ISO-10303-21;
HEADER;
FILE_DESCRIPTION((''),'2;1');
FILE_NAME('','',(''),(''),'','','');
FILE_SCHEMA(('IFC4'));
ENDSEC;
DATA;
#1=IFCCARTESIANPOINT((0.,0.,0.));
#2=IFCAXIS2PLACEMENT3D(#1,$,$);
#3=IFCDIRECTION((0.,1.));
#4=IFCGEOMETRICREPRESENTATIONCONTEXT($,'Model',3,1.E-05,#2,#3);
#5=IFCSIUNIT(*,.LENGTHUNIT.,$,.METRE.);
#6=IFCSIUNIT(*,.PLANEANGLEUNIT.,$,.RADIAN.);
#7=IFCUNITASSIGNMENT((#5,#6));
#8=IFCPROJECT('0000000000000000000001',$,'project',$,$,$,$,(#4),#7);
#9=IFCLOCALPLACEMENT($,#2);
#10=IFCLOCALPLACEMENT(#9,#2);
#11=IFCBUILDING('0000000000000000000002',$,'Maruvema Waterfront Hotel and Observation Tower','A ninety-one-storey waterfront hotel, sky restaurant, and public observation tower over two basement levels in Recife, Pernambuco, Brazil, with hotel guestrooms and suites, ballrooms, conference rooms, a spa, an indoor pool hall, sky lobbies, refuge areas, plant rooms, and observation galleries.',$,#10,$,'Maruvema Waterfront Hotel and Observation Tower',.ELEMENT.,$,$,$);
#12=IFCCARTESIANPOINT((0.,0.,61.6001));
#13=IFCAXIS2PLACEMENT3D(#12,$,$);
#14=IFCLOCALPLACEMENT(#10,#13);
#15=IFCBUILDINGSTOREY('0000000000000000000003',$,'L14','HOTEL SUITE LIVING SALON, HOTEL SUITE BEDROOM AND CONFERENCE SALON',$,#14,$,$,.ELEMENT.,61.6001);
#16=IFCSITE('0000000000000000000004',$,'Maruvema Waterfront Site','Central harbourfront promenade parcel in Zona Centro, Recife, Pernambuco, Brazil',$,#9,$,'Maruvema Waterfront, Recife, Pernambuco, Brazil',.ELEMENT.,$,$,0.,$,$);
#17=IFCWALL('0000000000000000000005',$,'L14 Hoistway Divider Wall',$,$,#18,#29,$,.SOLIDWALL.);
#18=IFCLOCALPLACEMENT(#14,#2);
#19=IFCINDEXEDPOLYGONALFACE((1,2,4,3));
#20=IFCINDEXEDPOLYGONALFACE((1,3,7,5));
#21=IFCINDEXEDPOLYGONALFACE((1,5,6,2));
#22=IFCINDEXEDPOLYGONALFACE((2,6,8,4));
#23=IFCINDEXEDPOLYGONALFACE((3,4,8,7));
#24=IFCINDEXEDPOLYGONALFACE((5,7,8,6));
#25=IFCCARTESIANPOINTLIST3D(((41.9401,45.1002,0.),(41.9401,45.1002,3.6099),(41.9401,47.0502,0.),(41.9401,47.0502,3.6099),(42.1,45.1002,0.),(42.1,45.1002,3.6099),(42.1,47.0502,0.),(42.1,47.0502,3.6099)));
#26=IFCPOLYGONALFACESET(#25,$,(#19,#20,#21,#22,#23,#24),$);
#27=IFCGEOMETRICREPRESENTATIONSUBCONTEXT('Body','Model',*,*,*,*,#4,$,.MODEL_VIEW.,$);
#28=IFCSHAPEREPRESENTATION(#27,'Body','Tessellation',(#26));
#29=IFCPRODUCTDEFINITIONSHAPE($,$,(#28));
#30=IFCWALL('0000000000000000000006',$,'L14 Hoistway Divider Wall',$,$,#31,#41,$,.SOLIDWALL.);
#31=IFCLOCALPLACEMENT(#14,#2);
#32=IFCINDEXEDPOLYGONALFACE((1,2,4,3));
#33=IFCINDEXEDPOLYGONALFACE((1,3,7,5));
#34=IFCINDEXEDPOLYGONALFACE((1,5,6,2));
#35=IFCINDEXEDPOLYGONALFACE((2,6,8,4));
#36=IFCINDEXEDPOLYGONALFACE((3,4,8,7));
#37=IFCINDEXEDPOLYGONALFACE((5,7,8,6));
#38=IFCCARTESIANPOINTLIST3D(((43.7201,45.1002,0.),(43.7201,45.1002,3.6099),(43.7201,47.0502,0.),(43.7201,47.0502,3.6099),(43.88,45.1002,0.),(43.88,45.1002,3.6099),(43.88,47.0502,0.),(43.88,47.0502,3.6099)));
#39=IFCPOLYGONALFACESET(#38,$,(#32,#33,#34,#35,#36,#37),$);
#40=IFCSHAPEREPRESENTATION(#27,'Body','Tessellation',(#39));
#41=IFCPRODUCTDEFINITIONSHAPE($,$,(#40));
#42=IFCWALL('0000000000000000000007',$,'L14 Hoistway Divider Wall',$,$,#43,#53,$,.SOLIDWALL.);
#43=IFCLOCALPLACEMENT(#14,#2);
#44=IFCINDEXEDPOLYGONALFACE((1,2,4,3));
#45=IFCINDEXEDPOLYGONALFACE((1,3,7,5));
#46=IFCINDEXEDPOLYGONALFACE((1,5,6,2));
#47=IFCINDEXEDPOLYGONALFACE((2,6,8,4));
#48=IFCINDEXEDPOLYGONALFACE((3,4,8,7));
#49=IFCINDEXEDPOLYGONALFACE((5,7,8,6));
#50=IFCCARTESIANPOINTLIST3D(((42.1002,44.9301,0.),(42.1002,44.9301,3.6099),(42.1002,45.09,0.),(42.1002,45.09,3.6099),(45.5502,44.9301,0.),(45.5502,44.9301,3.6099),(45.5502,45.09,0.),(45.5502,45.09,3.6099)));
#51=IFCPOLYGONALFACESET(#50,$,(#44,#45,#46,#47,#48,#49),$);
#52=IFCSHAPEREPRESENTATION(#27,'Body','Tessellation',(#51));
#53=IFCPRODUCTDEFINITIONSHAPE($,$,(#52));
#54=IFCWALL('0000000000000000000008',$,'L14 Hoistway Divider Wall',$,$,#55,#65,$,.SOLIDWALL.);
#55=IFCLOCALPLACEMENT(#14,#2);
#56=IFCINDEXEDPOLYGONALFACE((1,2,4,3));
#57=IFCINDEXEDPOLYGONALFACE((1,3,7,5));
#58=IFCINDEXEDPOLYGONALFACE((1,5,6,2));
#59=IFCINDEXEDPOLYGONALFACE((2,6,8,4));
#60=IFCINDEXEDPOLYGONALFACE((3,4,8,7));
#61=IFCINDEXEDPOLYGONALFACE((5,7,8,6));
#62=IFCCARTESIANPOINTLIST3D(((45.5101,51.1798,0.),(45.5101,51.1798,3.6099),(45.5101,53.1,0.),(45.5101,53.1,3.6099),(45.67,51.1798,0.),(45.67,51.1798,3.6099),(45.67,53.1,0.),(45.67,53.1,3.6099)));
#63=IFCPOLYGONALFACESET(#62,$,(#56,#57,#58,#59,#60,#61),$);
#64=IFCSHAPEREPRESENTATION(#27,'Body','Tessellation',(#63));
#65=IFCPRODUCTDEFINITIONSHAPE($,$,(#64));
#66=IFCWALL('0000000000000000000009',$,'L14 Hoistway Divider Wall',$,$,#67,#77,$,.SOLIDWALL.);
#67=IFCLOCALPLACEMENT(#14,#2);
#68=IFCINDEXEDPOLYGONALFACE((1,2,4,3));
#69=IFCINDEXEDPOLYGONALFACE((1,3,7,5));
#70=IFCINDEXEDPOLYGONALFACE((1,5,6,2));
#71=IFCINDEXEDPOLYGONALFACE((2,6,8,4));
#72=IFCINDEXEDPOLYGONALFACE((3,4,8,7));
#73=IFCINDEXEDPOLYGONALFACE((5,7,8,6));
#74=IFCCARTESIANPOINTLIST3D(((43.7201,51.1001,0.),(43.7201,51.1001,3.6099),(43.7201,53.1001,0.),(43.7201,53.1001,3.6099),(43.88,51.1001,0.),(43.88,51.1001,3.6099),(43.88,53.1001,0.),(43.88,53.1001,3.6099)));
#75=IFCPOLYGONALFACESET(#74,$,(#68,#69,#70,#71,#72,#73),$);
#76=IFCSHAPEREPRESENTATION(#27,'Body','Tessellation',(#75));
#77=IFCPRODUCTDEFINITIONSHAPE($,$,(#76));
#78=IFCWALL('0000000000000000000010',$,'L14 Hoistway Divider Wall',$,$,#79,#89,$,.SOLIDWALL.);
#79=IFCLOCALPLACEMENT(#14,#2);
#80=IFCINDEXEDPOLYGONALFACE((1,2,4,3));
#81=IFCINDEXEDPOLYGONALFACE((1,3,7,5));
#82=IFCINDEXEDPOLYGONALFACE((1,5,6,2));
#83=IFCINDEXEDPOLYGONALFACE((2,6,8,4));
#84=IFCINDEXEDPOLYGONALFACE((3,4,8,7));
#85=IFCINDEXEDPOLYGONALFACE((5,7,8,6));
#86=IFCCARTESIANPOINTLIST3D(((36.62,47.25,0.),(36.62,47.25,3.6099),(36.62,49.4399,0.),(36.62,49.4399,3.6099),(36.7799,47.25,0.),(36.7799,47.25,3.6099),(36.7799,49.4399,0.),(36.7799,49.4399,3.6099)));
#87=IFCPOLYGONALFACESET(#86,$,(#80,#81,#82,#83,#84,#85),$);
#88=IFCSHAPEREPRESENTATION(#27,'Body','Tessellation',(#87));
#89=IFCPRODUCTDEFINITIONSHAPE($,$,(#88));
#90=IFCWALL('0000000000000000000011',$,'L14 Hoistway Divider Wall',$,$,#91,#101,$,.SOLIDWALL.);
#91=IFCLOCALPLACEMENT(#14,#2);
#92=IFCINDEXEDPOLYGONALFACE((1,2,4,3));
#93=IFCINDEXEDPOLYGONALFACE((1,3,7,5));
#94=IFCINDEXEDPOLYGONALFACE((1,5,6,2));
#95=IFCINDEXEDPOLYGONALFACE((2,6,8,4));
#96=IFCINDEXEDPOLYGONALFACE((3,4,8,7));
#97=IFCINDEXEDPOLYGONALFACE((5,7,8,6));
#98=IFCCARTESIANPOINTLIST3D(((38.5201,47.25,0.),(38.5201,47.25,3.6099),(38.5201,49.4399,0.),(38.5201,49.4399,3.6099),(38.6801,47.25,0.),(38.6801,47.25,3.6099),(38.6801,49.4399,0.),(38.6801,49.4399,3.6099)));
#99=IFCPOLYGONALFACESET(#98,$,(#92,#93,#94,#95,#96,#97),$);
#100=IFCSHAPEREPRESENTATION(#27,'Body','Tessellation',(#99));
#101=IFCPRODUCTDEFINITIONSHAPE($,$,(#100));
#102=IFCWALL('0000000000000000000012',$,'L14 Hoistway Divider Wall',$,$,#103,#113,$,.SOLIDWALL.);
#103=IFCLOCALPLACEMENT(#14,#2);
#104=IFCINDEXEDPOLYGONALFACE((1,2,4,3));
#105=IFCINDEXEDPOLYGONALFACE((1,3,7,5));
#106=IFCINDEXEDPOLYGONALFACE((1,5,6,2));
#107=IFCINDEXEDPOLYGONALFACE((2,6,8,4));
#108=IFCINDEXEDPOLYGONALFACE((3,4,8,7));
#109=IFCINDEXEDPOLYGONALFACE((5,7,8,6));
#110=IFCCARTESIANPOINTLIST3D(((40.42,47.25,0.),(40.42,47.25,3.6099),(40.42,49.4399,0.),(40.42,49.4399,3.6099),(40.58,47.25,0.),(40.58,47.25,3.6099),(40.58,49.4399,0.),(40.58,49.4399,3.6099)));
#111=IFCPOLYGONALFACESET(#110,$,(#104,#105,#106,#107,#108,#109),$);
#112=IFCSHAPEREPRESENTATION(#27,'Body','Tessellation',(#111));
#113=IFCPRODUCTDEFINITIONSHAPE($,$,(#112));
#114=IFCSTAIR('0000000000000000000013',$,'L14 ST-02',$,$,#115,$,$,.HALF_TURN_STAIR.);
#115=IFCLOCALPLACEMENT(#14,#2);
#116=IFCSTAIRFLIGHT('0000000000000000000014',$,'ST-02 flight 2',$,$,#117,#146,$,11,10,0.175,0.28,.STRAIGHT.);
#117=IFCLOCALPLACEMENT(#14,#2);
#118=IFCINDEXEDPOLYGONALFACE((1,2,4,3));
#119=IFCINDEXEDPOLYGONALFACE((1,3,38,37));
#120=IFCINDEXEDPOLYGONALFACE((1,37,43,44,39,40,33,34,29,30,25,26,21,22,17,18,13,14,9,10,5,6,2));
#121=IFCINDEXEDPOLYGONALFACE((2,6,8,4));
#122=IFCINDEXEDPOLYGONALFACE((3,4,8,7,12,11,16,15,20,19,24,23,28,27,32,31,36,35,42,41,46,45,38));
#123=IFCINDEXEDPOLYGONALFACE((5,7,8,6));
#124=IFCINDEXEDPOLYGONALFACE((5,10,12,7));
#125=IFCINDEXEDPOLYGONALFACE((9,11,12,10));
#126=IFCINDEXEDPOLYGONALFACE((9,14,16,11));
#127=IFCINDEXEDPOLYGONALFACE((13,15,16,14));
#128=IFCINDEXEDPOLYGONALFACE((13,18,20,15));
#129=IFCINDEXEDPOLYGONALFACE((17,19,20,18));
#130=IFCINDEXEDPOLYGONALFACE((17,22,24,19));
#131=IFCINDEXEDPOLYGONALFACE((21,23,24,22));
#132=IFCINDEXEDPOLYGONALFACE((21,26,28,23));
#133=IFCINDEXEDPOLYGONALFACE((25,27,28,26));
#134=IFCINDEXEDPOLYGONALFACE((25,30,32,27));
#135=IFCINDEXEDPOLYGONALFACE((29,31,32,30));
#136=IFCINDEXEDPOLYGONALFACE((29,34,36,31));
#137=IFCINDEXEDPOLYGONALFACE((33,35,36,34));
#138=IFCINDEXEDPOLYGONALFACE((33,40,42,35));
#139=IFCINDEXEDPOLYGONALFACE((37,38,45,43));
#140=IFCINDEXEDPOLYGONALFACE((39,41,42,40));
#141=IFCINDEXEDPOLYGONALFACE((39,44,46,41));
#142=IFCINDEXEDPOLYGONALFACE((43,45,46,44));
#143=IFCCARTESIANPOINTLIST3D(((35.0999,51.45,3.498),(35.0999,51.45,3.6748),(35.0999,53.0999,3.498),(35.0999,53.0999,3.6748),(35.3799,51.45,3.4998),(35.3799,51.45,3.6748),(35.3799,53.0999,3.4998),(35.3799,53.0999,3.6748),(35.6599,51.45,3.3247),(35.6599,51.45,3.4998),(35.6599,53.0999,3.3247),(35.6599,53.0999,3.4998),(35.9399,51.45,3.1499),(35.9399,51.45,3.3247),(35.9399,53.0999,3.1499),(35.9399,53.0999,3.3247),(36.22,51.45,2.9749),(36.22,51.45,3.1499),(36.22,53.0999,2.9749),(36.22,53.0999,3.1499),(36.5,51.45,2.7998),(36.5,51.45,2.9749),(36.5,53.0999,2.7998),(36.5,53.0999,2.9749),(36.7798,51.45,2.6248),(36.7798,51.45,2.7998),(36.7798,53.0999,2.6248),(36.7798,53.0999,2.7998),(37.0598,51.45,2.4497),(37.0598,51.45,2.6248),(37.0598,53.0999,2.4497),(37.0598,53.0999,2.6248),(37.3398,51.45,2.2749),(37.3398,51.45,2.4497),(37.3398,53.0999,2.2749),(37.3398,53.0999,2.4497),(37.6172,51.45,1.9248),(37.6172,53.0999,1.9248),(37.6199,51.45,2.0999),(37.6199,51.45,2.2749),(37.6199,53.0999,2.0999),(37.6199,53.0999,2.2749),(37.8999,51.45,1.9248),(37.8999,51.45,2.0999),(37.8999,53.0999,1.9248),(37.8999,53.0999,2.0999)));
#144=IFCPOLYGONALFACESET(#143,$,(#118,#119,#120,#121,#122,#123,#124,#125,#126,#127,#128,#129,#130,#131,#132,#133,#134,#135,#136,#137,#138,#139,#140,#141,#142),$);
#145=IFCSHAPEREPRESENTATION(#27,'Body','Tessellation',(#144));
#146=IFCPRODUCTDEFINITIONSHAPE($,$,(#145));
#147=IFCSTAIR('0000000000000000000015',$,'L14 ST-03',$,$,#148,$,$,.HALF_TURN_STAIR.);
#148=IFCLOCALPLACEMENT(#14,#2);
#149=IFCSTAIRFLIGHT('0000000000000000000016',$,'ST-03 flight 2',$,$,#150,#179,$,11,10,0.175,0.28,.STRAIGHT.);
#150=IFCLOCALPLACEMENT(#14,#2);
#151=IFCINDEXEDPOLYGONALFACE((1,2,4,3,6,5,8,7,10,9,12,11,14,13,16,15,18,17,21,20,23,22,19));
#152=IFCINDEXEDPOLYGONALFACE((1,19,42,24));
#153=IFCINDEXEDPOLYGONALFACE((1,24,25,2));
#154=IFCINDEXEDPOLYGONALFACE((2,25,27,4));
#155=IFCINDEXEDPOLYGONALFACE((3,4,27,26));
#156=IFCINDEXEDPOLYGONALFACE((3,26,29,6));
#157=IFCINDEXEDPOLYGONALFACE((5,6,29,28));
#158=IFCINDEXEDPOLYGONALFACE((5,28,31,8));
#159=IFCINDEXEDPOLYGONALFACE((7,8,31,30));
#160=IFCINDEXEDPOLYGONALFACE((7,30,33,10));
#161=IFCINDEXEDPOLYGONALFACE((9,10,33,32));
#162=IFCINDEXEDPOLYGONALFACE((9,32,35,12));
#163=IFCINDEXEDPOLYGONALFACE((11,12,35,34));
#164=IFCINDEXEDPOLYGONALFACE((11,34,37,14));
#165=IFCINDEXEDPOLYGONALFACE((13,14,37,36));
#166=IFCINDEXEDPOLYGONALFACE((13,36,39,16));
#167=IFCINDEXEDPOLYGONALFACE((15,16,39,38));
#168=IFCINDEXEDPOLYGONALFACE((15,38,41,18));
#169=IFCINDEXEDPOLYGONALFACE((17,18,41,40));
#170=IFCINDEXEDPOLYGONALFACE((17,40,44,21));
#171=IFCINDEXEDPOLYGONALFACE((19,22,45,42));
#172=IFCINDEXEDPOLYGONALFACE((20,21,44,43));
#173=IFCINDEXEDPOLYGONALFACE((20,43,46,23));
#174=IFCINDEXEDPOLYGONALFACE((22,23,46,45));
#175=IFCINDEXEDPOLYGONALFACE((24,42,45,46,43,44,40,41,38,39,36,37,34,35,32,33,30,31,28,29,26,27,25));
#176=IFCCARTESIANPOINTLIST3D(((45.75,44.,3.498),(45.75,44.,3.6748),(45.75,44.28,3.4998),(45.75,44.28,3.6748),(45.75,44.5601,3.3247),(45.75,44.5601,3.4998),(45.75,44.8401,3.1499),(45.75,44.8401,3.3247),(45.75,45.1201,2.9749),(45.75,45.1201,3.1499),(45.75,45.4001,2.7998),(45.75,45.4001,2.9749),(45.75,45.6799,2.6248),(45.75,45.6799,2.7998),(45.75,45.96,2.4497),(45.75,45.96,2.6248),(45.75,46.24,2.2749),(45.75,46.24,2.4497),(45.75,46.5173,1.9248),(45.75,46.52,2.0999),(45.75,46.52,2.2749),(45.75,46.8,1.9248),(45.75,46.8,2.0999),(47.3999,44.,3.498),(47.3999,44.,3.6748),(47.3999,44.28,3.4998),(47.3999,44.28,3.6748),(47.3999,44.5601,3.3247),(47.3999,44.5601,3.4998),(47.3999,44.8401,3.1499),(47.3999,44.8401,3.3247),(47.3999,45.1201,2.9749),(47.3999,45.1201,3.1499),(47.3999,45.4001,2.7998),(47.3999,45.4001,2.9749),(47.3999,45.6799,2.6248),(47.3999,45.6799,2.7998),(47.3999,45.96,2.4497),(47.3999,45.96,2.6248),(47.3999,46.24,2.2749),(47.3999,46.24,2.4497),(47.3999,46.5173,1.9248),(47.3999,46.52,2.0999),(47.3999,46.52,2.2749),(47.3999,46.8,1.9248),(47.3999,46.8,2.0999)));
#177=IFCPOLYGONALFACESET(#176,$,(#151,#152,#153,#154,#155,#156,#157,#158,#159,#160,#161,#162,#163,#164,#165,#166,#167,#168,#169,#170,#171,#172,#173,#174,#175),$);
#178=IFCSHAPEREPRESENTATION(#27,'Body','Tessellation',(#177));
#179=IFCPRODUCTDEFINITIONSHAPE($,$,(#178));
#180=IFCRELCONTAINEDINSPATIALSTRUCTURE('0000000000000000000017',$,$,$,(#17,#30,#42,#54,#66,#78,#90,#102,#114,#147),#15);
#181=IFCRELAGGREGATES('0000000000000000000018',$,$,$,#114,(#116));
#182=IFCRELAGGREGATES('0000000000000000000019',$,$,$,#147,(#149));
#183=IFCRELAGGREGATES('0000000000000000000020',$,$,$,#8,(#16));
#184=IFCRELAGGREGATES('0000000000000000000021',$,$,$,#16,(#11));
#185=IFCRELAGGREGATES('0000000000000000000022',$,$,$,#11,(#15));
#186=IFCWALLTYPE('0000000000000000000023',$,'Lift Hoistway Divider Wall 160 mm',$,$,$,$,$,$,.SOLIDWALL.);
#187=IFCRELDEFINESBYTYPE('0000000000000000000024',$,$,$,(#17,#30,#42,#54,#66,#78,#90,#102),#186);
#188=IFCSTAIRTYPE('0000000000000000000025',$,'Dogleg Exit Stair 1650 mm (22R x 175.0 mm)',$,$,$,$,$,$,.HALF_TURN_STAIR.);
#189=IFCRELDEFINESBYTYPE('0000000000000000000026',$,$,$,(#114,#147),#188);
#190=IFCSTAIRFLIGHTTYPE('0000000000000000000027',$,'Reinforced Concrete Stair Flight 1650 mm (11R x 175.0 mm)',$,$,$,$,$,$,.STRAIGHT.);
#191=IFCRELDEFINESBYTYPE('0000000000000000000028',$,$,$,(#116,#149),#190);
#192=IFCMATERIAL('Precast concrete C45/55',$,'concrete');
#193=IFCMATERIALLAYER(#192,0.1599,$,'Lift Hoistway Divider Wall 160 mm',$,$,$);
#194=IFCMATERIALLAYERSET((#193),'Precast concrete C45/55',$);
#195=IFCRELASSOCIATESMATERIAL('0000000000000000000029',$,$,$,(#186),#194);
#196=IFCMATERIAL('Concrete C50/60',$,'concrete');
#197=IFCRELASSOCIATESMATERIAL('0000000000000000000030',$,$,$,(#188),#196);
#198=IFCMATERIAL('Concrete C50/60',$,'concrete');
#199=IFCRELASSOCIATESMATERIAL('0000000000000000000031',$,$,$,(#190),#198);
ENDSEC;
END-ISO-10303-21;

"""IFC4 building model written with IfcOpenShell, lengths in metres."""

from ifc_helpers import new_model, si_unit, direction, frame, frame_2d, origin, place, context, subcontext, project, spatial, polyline, rectangle, outline, extrude, material, layer, layer_set, type_object, element, aggregate, save


model = new_model("IFC4")

# Units and contexts
model_context = context("Model", 3, precision=1e-05, world=origin(), true_north=direction((0.0, 1.0)))
body_context = subcontext(model_context, "Body", "Model", "MODEL_VIEW")
ifc_project = project(units=[si_unit("LENGTHUNIT", "METRE"), si_unit("PLANEANGLEUNIT", "RADIAN")], contexts=[model_context])

# Site, building, storey
site_placement = place(None, origin())
site = spatial("IfcSite", under=ifc_project, at=site_placement, Name="Maruvema Waterfront Site", Description="Central harbourfront promenade parcel in Zona Centro, Recife, Pernambuco, Brazil", LongName="Maruvema Waterfront, Recife, Pernambuco, Brazil", CompositionType="ELEMENT", RefElevation=0.0)
building_placement = place(site_placement, origin())
building = spatial("IfcBuilding", under=site, at=building_placement, Name="Maruvema Waterfront Hotel and Observation Tower", Description="A ninety-one-storey waterfront hotel, sky restaurant, and public observation tower over two basement levels in Recife, Pernambuco, Brazil, with hotel guestrooms and suites, ballrooms, conference rooms, a spa, an indoor pool hall, sky lobbies, refuge areas, plant rooms, and observation galleries.", LongName="Maruvema Waterfront Hotel and Observation Tower", CompositionType="ELEMENT")
storey_placement = place(building_placement, frame((0.0, 0.0, 61.6001)))
storey = spatial("IfcBuildingStorey", under=building, at=storey_placement, Name="L14", Description="HOTEL SUITE LIVING SALON, HOTEL SUITE BEDROOM AND CONFERENCE SALON", CompositionType="ELEMENT", Elevation=61.6001)

# Walls
ifc_material_1 = material(Name="Precast concrete C45/55", Category="concrete")
ifc_layer_1 = layer(ifc_material_1, 0.1599, Name="Lift Hoistway Divider Wall 160 mm")
ifc_layer_set_1 = layer_set([ifc_layer_1], Name="Precast concrete C45/55")
wall_type_1 = type_object("IfcWallType", Name="Lift Hoistway Divider Wall 160 mm", PredefinedType="SOLIDWALL", material=ifc_layer_set_1)
for number, where, z_axis, x_axis, name in (
    (1, (42.02, 45.1001, 0.0), (0.0, 0.0, 1.0), (0.0, 1.0, 0.0), "L14 Hoistway Divider Wall"),
    (2, (43.8, 45.1001, 0.0), (0.0, 0.0, 1.0), (0.0, 1.0, 0.0), "L14 Hoistway Divider Wall"),
):
    element("IfcWall", number, at=place(storey_placement, frame(where, z_axis=z_axis, x_axis=x_axis)), inside=storey, type_object=wall_type_1, Name=name, PredefinedType="SOLIDWALL", context=body_context, shape_type="SweptSolid", body=[
        extrude(rectangle(XDim=1.95, YDim=0.1599, at=frame_2d((0.9751, 0.0))), origin(), (0.0, 0.0, 1.0), 3.6099),
    ])
wall_1_placement = place(storey_placement, frame((42.1001, 45.01, 0.0), z_axis=(0.0, 0.0, 1.0), x_axis=(1.0, 0.0, 0.0)))
element("IfcWall", 3, at=wall_1_placement, inside=storey, type_object=wall_type_1, Name="L14 Hoistway Divider Wall", PredefinedType="SOLIDWALL", context=body_context, shape_type="SweptSolid", body=[
    extrude(rectangle(XDim=3.45, YDim=0.1599, at=frame_2d((1.7251, 0.0))), origin(), (0.0, 0.0, 1.0), 3.6099),
])
wall_2_placement = place(storey_placement, frame((45.5901, 51.1799, 0.0), z_axis=(0.0, 0.0, 1.0), x_axis=(0.0, 1.0, 0.0)))
element("IfcWall", 4, at=wall_2_placement, inside=storey, type_object=wall_type_1, Name="L14 Hoistway Divider Wall", PredefinedType="SOLIDWALL", context=body_context, shape_type="SweptSolid", body=[
    extrude(rectangle(XDim=1.9202, YDim=0.1599, at=frame_2d((0.96, 0.0))), origin(), (0.0, 0.0, 1.0), 3.6099),
])
wall_3_placement = place(storey_placement, frame((43.8, 51.1001, 0.0), z_axis=(0.0, 0.0, 1.0), x_axis=(0.0, 1.0, 0.0)))
element("IfcWall", 5, at=wall_3_placement, inside=storey, type_object=wall_type_1, Name="L14 Hoistway Divider Wall", PredefinedType="SOLIDWALL", context=body_context, shape_type="SweptSolid", body=[
    extrude(rectangle(XDim=2.0, YDim=0.1599, at=frame_2d((1.0, 0.0))), origin(), (0.0, 0.0, 1.0), 3.6099),
])
for number, where, z_axis, x_axis, name in (
    (6, (36.7, 47.25, 0.0), (0.0, 0.0, 1.0), (0.0, 1.0, 0.0), "L14 Hoistway Divider Wall"),
    (7, (38.6001, 47.25, 0.0), (0.0, 0.0, 1.0), (0.0, 1.0, 0.0), "L14 Hoistway Divider Wall"),
    (8, (40.5, 47.25, 0.0), (0.0, 0.0, 1.0), (0.0, 1.0, 0.0), "L14 Hoistway Divider Wall"),
):
    element("IfcWall", number, at=place(storey_placement, frame(where, z_axis=z_axis, x_axis=x_axis)), inside=storey, type_object=wall_type_1, Name=name, PredefinedType="SOLIDWALL", context=body_context, shape_type="SweptSolid", body=[
        extrude(rectangle(XDim=2.1899, YDim=0.1599, at=frame_2d((1.095, 0.0))), origin(), (0.0, 0.0, 1.0), 3.6099),
    ])

# Stairs, stair flights
ifc_material_2 = material(Name="Concrete C50/60", Category="concrete")
stair_type = type_object("IfcStairType", Name="Dogleg Exit Stair 1650 mm (22R x 175.0 mm)", PredefinedType="HALF_TURN_STAIR", material=ifc_material_2)
stair_1_placement = place(storey_placement, origin())
stair_1 = element("IfcStair", 9, at=stair_1_placement, inside=storey, type_object=stair_type, Name="L14 ST-02", PredefinedType="HALF_TURN_STAIR")
ifc_material_3 = material(Name="Concrete C50/60", Category="concrete")
stair_flight_type = type_object("IfcStairFlightType", Name="Reinforced Concrete Stair Flight 1650 mm (11R x 175.0 mm)", PredefinedType="STRAIGHT", material=ifc_material_3)
stair_flight_1_placement = place(storey_placement, frame((37.8999, 52.2749, 1.9248), z_axis=(0.0, 0.0, 1.0), x_axis=(-1.0, 0.0, 0.0)))
stair_flight_1 = element("IfcStairFlight", 10, at=stair_flight_1_placement, type_object=stair_flight_type, Name="ST-02 flight 2", NumberOfRisers=11, NumberOfTreads=10, PredefinedType="STRAIGHT", RiserHeight=0.175, TreadLength=0.28, context=body_context, shape_type="SweptSolid", body=[
    extrude(outline(polyline([(0.0, 0.0), (0.0, 0.175), (0.28, 0.175), (0.28, 0.3501), (0.5601, 0.3501), (0.5601, 0.5249), (0.8401, 0.5249), (0.8401, 0.7), (1.1201, 0.7), (1.1201, 0.875), (1.3999, 0.875), (1.3999, 1.05), (1.6799, 1.05), (1.6799, 1.2251), (1.96, 1.2251), (1.96, 1.3999), (2.24, 1.3999), (2.24, 1.575), (2.52, 1.575), (2.52, 1.75), (2.8, 1.75), (2.8, 1.925), (2.8, 1.5732), (0.2827, 0.0), (0.0, 0.0)])), frame((0.0, 0.825, 0.0), z_axis=(0.0, -1.0, 0.0), x_axis=(1.0, 0.0, 0.0)), (0.0, 0.0, 1.0), 1.6499),
])
aggregate(stair_1, [stair_flight_1])
stair_2_placement = place(storey_placement, origin())
stair_2 = element("IfcStair", 11, at=stair_2_placement, inside=storey, type_object=stair_type, Name="L14 ST-03", PredefinedType="HALF_TURN_STAIR")
stair_flight_2_placement = place(storey_placement, frame((46.575, 46.8, 1.9248), z_axis=(0.0, 0.0, 1.0), x_axis=(0.0, -1.0, 0.0)))
stair_flight_2 = element("IfcStairFlight", 12, at=stair_flight_2_placement, type_object=stair_flight_type, Name="ST-03 flight 2", NumberOfRisers=11, NumberOfTreads=10, PredefinedType="STRAIGHT", RiserHeight=0.175, TreadLength=0.28, context=body_context, shape_type="SweptSolid", body=[
    extrude(outline(polyline([(0.0, 0.0), (0.0, 0.175), (0.28, 0.175), (0.28, 0.3501), (0.5601, 0.3501), (0.5601, 0.5249), (0.8401, 0.5249), (0.8401, 0.7), (1.1201, 0.7), (1.1201, 0.875), (1.3999, 0.875), (1.3999, 1.05), (1.6799, 1.05), (1.6799, 1.2251), (1.96, 1.2251), (1.96, 1.3999), (2.24, 1.3999), (2.24, 1.575), (2.52, 1.575), (2.52, 1.75), (2.8, 1.75), (2.8, 1.925), (2.8, 1.5732), (0.2827, 0.0), (0.0, 0.0)])), frame((0.0, 0.825, 0.0), z_axis=(0.0, -1.0, 0.0), x_axis=(1.0, 0.0, 0.0)), (0.0, 0.0, 1.0), 1.6499),
])
aggregate(stair_2, [stair_flight_2])

save(model, "model.ifc")
